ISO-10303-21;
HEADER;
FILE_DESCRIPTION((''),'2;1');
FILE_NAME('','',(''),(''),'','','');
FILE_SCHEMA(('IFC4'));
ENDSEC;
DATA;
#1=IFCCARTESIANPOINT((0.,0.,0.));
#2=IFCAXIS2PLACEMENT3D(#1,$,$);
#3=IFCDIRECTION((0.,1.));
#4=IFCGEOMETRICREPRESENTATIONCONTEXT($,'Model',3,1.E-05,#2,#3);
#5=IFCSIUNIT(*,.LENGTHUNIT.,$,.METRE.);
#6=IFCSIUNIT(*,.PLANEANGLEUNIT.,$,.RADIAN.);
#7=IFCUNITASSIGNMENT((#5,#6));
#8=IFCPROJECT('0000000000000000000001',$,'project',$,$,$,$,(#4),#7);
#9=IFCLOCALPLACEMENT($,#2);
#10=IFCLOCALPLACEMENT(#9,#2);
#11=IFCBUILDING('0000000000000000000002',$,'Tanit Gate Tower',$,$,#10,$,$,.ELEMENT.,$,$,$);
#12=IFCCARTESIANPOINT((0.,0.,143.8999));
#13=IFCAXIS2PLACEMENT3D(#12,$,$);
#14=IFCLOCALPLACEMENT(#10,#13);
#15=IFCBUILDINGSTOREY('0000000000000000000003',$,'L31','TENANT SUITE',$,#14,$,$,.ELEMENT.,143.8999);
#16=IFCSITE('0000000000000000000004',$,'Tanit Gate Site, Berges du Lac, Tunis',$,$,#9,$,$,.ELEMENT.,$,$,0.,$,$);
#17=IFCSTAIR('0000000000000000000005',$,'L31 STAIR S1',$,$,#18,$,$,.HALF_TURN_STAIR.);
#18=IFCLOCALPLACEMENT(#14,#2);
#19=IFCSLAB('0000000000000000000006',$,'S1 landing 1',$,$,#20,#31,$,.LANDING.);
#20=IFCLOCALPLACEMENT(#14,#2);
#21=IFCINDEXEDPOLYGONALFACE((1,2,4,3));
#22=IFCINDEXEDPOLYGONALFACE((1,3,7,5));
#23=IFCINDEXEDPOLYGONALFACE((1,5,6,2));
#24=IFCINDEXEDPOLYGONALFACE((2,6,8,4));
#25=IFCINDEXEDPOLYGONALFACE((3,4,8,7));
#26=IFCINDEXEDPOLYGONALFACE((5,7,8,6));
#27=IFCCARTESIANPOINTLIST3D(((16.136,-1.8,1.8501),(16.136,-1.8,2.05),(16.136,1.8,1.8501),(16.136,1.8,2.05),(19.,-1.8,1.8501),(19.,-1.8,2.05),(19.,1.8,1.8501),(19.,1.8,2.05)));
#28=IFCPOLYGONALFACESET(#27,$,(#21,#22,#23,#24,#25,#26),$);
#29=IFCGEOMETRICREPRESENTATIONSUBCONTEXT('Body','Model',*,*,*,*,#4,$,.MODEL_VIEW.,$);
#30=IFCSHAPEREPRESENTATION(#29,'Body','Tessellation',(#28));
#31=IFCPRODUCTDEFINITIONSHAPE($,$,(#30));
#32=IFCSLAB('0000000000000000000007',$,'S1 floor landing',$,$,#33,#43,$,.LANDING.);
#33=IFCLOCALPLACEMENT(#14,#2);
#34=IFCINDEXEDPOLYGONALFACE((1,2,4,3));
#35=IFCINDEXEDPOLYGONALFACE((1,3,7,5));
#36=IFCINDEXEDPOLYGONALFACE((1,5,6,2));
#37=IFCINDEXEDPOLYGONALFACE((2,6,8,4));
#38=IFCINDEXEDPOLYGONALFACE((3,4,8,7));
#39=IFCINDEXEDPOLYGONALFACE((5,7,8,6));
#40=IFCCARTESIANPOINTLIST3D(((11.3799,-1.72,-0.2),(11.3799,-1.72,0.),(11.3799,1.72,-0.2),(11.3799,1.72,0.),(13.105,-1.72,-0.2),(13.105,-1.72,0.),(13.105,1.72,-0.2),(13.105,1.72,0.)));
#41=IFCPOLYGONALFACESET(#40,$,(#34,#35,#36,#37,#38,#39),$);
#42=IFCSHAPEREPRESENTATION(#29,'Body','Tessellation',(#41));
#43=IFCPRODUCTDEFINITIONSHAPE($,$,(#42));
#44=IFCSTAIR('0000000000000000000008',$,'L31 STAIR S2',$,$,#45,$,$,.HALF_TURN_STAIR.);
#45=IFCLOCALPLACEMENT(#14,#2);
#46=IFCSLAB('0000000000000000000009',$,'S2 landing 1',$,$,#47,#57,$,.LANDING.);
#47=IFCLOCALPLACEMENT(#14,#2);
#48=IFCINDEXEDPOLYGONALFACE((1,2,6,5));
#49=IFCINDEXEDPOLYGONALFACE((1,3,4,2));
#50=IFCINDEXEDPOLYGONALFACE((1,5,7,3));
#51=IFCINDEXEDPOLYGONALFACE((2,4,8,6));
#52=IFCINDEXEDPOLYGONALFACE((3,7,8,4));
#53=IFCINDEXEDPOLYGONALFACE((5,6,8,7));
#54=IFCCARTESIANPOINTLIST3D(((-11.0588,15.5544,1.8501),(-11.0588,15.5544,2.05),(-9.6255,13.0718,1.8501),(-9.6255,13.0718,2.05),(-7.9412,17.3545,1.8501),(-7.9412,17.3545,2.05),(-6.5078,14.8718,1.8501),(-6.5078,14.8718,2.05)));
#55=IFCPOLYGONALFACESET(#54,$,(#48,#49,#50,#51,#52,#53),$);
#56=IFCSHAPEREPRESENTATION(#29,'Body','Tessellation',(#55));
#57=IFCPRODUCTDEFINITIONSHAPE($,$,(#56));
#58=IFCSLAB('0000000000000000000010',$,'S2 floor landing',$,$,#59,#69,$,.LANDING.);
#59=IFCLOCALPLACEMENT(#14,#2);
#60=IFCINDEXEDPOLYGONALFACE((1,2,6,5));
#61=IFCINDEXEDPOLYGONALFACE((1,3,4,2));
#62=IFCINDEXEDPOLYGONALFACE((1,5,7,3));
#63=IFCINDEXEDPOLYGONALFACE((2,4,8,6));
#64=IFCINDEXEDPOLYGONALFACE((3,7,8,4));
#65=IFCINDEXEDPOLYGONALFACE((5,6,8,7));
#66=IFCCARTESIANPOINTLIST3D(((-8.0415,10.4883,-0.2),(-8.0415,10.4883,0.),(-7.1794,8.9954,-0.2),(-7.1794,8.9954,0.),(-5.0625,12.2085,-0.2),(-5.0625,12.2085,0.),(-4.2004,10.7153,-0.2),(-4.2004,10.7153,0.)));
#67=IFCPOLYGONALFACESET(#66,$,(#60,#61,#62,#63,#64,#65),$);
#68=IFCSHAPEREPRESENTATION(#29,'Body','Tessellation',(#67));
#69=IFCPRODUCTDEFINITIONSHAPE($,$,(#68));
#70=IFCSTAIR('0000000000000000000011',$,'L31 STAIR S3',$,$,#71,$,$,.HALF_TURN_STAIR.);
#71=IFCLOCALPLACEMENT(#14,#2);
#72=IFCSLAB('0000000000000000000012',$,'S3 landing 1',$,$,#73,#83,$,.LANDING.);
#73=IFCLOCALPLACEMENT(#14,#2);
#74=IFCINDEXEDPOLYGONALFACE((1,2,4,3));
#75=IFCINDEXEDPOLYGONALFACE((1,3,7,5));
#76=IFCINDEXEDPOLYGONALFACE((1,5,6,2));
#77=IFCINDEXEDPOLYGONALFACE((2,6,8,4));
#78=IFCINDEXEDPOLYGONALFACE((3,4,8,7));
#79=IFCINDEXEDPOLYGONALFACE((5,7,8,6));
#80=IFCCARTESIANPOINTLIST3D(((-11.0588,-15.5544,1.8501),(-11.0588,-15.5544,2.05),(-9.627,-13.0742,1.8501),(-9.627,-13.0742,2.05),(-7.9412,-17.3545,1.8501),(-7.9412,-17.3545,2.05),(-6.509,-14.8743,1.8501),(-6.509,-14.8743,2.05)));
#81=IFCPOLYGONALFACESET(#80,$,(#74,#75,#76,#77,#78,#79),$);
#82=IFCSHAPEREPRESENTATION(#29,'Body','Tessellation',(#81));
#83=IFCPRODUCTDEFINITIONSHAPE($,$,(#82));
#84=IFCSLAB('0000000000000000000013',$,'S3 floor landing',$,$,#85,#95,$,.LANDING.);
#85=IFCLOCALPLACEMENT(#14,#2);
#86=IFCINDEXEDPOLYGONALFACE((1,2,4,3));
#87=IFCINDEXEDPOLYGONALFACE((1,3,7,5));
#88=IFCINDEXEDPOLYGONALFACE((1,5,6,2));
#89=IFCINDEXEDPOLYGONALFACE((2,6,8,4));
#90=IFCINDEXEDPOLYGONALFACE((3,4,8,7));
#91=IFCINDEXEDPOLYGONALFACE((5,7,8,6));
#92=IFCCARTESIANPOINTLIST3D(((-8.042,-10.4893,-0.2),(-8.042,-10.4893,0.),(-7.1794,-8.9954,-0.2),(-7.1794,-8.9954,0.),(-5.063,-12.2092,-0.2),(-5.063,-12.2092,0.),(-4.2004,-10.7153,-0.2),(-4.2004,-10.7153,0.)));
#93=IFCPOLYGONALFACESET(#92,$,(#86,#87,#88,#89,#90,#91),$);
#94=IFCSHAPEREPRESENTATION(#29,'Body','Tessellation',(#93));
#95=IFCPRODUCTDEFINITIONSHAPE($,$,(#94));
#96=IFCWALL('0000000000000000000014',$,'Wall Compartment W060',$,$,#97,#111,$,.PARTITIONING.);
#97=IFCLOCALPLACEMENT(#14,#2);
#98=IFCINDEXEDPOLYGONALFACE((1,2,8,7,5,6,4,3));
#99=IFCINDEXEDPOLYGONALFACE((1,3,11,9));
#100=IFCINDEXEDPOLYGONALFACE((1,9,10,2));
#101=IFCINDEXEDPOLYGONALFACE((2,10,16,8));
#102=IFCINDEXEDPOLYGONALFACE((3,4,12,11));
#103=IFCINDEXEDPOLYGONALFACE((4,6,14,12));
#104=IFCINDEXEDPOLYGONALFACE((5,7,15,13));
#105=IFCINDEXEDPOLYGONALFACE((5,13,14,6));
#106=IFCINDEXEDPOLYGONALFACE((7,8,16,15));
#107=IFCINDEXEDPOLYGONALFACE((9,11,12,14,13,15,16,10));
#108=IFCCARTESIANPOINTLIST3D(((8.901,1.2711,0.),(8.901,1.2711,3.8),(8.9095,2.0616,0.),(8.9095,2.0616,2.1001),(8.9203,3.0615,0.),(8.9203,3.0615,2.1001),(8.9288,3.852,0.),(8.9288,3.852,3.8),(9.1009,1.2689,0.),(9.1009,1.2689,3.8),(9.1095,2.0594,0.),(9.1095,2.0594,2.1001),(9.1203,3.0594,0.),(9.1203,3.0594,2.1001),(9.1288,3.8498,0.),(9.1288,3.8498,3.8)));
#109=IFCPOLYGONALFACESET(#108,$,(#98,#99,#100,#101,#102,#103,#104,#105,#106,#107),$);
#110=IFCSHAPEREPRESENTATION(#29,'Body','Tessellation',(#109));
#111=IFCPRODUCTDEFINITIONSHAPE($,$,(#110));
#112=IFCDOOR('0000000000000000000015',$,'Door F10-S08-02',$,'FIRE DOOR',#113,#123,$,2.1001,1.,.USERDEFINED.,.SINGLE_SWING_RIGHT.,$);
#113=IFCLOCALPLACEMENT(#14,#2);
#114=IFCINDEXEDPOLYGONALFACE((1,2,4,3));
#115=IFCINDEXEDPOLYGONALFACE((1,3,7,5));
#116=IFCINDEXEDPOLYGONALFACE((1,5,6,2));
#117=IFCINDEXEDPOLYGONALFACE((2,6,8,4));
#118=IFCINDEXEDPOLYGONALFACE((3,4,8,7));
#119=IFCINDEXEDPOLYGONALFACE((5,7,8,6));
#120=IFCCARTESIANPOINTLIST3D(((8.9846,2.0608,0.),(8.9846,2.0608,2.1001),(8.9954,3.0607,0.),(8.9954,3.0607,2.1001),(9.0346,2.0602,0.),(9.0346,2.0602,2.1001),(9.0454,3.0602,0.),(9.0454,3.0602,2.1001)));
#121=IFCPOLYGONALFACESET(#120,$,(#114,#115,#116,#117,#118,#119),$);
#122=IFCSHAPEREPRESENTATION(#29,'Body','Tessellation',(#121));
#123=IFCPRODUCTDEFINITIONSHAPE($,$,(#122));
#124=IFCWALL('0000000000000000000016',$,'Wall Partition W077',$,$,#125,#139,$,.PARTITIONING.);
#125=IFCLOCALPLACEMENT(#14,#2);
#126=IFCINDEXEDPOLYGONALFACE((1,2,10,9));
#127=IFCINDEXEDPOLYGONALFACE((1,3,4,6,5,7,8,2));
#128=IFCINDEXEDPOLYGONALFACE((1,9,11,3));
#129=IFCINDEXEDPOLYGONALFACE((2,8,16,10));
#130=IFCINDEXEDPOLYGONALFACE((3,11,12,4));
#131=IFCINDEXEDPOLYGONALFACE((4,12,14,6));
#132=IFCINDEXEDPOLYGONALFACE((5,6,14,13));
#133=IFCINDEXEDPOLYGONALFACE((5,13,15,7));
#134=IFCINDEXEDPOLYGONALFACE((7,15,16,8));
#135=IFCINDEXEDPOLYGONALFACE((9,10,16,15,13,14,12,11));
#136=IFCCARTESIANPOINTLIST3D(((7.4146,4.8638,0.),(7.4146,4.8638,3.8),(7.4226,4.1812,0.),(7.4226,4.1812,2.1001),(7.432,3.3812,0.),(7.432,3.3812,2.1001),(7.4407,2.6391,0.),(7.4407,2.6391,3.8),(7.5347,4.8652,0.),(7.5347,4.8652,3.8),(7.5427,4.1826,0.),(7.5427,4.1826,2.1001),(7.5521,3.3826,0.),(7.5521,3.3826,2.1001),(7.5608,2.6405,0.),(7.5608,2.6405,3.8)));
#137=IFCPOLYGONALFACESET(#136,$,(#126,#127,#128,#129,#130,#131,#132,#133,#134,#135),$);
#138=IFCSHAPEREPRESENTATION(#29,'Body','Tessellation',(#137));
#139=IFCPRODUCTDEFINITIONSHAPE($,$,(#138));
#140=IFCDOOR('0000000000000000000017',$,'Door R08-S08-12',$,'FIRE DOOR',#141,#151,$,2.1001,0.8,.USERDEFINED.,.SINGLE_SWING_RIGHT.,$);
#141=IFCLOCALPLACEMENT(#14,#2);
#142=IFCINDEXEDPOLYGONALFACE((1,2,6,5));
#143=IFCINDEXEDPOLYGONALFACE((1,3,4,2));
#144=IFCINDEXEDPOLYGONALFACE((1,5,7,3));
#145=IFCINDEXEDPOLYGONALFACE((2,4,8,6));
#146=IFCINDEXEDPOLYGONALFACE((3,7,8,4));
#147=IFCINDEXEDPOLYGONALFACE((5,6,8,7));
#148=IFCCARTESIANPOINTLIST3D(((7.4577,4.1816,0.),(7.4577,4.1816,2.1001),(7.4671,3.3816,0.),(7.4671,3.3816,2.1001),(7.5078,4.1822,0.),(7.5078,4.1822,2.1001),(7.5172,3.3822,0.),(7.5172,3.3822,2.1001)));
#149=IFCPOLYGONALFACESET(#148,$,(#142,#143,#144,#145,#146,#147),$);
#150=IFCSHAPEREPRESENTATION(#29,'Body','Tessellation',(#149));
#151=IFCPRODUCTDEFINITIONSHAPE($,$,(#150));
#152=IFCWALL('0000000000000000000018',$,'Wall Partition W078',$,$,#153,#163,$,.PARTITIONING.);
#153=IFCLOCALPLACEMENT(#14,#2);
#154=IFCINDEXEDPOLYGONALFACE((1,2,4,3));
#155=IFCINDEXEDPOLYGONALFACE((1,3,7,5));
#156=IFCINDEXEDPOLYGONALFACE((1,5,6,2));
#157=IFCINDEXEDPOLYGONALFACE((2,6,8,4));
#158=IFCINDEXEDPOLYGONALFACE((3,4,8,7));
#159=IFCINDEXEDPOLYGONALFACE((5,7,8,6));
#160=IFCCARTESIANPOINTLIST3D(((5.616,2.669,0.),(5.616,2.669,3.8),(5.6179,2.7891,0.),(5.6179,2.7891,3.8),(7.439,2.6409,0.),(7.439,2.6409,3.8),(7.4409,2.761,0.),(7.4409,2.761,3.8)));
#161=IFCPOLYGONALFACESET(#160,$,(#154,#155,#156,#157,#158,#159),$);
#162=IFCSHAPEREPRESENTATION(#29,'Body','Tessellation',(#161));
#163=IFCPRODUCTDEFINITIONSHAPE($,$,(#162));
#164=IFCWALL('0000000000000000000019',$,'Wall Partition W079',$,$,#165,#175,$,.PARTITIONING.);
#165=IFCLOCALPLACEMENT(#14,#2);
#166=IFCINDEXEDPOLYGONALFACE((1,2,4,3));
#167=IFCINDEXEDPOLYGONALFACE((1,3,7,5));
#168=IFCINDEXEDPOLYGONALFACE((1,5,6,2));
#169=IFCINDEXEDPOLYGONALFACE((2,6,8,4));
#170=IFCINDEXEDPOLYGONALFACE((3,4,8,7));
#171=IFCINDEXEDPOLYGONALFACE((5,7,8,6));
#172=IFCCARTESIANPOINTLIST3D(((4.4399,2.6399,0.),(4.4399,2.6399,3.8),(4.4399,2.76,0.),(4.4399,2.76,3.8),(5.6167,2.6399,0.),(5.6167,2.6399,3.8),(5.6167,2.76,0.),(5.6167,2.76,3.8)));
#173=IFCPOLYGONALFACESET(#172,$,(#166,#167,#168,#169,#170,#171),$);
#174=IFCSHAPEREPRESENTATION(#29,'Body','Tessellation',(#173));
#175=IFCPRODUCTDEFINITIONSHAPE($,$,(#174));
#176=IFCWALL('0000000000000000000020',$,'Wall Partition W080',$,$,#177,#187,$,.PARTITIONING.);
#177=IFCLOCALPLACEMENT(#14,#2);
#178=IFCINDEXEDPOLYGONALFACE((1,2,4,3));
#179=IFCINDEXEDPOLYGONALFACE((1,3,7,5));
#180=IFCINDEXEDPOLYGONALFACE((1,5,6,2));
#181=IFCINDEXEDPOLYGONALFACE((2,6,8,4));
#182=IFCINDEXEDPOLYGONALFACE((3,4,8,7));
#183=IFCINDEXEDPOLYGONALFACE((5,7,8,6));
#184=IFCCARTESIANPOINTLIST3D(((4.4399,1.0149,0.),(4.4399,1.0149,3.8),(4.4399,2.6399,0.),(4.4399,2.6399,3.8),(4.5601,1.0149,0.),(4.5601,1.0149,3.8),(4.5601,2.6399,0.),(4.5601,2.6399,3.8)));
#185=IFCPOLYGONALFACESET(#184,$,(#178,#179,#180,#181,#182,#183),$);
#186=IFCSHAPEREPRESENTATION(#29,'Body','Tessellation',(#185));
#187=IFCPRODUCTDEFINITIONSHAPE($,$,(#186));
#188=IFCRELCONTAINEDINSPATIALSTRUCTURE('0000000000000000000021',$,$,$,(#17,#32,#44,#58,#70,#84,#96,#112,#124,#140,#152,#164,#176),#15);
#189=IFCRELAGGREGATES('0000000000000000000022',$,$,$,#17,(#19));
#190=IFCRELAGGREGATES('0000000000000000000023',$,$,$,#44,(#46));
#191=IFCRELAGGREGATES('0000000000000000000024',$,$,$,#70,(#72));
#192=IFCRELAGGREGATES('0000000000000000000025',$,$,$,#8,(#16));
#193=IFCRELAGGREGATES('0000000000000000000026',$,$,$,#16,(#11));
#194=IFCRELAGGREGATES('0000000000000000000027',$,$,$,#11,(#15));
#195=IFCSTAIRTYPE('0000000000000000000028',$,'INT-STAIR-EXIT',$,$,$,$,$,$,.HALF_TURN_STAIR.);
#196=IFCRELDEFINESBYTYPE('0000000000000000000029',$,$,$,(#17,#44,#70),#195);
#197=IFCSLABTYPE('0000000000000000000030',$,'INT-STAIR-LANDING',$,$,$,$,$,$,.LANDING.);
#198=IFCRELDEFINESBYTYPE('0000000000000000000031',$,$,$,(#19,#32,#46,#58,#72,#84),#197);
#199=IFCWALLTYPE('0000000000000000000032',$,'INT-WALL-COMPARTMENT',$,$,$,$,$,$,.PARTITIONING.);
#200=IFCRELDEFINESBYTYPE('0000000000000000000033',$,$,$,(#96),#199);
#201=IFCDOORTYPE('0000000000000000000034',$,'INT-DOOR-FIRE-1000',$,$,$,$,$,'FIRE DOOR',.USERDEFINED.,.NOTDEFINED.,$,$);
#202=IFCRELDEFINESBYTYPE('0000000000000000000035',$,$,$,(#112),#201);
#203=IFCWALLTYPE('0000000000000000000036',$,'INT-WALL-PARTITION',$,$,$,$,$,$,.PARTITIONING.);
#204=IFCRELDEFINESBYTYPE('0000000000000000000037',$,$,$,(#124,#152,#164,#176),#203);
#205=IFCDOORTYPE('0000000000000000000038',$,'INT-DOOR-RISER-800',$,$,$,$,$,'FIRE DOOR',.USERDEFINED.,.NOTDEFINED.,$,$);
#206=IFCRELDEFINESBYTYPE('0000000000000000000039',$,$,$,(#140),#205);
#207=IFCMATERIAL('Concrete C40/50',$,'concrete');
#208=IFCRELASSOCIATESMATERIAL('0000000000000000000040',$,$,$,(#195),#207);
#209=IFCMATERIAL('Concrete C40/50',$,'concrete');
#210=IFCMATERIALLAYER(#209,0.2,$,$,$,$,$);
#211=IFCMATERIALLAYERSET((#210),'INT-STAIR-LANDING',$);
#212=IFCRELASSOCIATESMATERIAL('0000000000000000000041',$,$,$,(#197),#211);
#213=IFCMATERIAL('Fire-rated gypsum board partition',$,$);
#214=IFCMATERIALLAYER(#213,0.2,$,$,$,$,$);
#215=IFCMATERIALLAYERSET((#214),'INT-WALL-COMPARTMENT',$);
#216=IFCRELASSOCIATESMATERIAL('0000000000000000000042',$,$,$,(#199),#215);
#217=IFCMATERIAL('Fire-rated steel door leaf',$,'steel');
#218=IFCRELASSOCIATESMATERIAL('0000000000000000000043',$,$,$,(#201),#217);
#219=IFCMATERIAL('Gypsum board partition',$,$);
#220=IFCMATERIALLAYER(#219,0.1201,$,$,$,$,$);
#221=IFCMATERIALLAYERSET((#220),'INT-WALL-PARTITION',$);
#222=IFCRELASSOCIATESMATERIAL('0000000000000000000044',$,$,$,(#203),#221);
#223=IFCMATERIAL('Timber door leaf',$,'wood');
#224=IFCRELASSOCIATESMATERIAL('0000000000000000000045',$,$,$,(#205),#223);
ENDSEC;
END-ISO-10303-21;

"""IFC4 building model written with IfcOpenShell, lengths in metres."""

from ifc_helpers import new_model, si_unit, direction, frame, frame_2d, origin, place, context, subcontext, project, spatial, polyline, rectangle, outline, extrude, material, layer, layer_set, type_object, element, fill, aggregate, save


model = new_model("IFC4")

# Units and contexts
model_context = context("Model", 3, precision=1e-05, world=origin(), true_north=direction((0.0, 1.0)))
body_context = subcontext(model_context, "Body", "Model", "MODEL_VIEW")
ifc_project = project(units=[si_unit("LENGTHUNIT", "METRE"), si_unit("PLANEANGLEUNIT", "RADIAN")], contexts=[model_context])

# Site, building, storey
site_placement = place(None, origin())
site = spatial("IfcSite", under=ifc_project, at=site_placement, Name="Tanit Gate Site, Berges du Lac, Tunis", CompositionType="ELEMENT", RefElevation=0.0)
building_placement = place(site_placement, origin())
building = spatial("IfcBuilding", under=site, at=building_placement, Name="Tanit Gate Tower", CompositionType="ELEMENT")
storey_placement = place(building_placement, frame((0.0, 0.0, 143.8999)))
storey = spatial("IfcBuildingStorey", under=building, at=storey_placement, Name="L31", Description="TENANT SUITE", CompositionType="ELEMENT", Elevation=143.8999)

# Stair, slab
ifc_material_1 = material(Name="Concrete C40/50", Category="concrete")
stair_type = type_object("IfcStairType", Name="INT-STAIR-EXIT", PredefinedType="HALF_TURN_STAIR", material=ifc_material_1)
stair_1_placement = place(storey_placement, origin())
stair_1 = element("IfcStair", 1, at=stair_1_placement, inside=storey, type_object=stair_type, Name="L31 STAIR S1", PredefinedType="HALF_TURN_STAIR")
ifc_material_2 = material(Name="Concrete C40/50", Category="concrete")
ifc_layer_1 = layer(ifc_material_2, 0.2)
ifc_layer_set_1 = layer_set([ifc_layer_1], Name="INT-STAIR-LANDING")
slab_type = type_object("IfcSlabType", Name="INT-STAIR-LANDING", PredefinedType="LANDING", material=ifc_layer_set_1)
slab_1_placement = place(storey_placement, frame((0.0, 0.0, 1.8501)))
slab_1 = element("IfcSlab", 2, at=slab_1_placement, type_object=slab_type, Name="S1 landing 1", PredefinedType="LANDING", context=body_context, shape_type="SweptSolid", body=[
    extrude(outline(polyline([(16.136, -1.8), (19.0, -1.8), (19.0, 1.8), (16.136, 1.8), (16.136, -1.8)])), origin(), (0.0, 0.0, 1.0), 0.2),
])
aggregate(stair_1, [slab_1])

# Slab
slab_2_placement = place(storey_placement, frame((0.0, 0.0, -0.2)))
element("IfcSlab", 3, at=slab_2_placement, inside=storey, type_object=slab_type, Name="S1 floor landing", PredefinedType="LANDING", context=body_context, shape_type="SweptSolid", body=[
    extrude(outline(polyline([(11.3799, -1.72), (13.105, -1.72), (13.105, 1.72), (11.3799, 1.72), (11.3799, -1.72)])), origin(), (0.0, 0.0, 1.0), 0.2),
])

# Stair, slab
stair_2_placement = place(storey_placement, origin())
stair_2 = element("IfcStair", 4, at=stair_2_placement, inside=storey, type_object=stair_type, Name="L31 STAIR S2", PredefinedType="HALF_TURN_STAIR")
slab_3_placement = place(storey_placement, frame((0.0, 0.0, 1.8501)))
slab_3 = element("IfcSlab", 5, at=slab_3_placement, type_object=slab_type, Name="S2 landing 1", PredefinedType="LANDING", context=body_context, shape_type="SweptSolid", body=[
    extrude(outline(polyline([(-6.5078, 14.8718), (-7.9412, 17.3545), (-11.0588, 15.5544), (-9.6255, 13.0718), (-6.5078, 14.8718)])), origin(), (0.0, 0.0, 1.0), 0.2),
])
aggregate(stair_2, [slab_3])

# Slab
slab_4_placement = place(storey_placement, frame((0.0, 0.0, -0.2)))
element("IfcSlab", 6, at=slab_4_placement, inside=storey, type_object=slab_type, Name="S2 floor landing", PredefinedType="LANDING", context=body_context, shape_type="SweptSolid", body=[
    extrude(outline(polyline([(-4.2004, 10.7153), (-5.0625, 12.2085), (-8.0415, 10.4883), (-7.1794, 8.9954), (-4.2004, 10.7153)])), origin(), (0.0, 0.0, 1.0), 0.2),
])

# Stair, slab
stair_3_placement = place(storey_placement, origin())
stair_3 = element("IfcStair", 7, at=stair_3_placement, inside=storey, type_object=stair_type, Name="L31 STAIR S3", PredefinedType="HALF_TURN_STAIR")
slab_5_placement = place(storey_placement, frame((0.0, 0.0, 1.8501)))
slab_5 = element("IfcSlab", 8, at=slab_5_placement, type_object=slab_type, Name="S3 landing 1", PredefinedType="LANDING", context=body_context, shape_type="SweptSolid", body=[
    extrude(outline(polyline([(-9.627, -13.0742), (-11.0588, -15.5544), (-7.9412, -17.3545), (-6.509, -14.8743), (-9.627, -13.0742)])), origin(), (0.0, 0.0, 1.0), 0.2),
])
aggregate(stair_3, [slab_5])

# Slab
slab_6_placement = place(storey_placement, frame((0.0, 0.0, -0.2)))
element("IfcSlab", 9, at=slab_6_placement, inside=storey, type_object=slab_type, Name="S3 floor landing", PredefinedType="LANDING", context=body_context, shape_type="SweptSolid", body=[
    extrude(outline(polyline([(-7.1794, -8.9954), (-8.042, -10.4893), (-5.063, -12.2092), (-4.2004, -10.7153), (-7.1794, -8.9954)])), origin(), (0.0, 0.0, 1.0), 0.2),
])

# Walls, openings, doors
ifc_material_3 = material(Name="Fire-rated gypsum board partition")
ifc_layer_2 = layer(ifc_material_3, 0.2)
ifc_layer_set_2 = layer_set([ifc_layer_2], Name="INT-WALL-COMPARTMENT")
wall_type_1 = type_object("IfcWallType", Name="INT-WALL-COMPARTMENT", PredefinedType="PARTITIONING", material=ifc_layer_set_2)
wall_1_placement = place(storey_placement, frame((9.001, 1.27, 0.0), z_axis=(0.0, 0.0, 1.0), x_axis=(0.010784, 0.999942, 0.0)))
wall_1 = element("IfcWall", 10, at=wall_1_placement, inside=storey, type_object=wall_type_1, Name="Wall Compartment W060", PredefinedType="PARTITIONING", context=body_context, shape_type="SweptSolid", body=[
    extrude(rectangle(XDim=2.5811, YDim=0.2, at=frame_2d((1.2905, 0.0))), origin(), (0.0, 0.0, 1.0), 3.8),
])
opening_1_placement = place(wall_1_placement, frame((0.7905, 0.0, 0.0)))
opening_1 = element("IfcOpeningElement", 11, at=opening_1_placement, cuts=wall_1, PredefinedType="OPENING", context=body_context, shape_type="SweptSolid", body=[
    extrude(rectangle(XDim=1.0, YDim=2.1001, at=frame_2d((0.5, 1.05))), frame((0.0, 0.1099, 0.0), z_axis=(0.0, -1.0, 0.0), x_axis=(1.0, 0.0, 0.0)), (0.0, 0.0, 1.0), 0.22),
])
ifc_material_4 = material(Name="Fire-rated steel door leaf", Category="steel")
door_type_1 = type_object("IfcDoorType", Name="INT-DOOR-FIRE-1000", ElementType="FIRE DOOR", OperationType="NOTDEFINED", PredefinedType="USERDEFINED", material=ifc_material_4)
door_1_placement = place(opening_1_placement, origin())
door_1 = element("IfcDoor", 12, at=door_1_placement, inside=storey, type_object=door_type_1, Name="Door F10-S08-02", ObjectType="FIRE DOOR", OperationType="SINGLE_SWING_RIGHT", OverallHeight=2.1001, OverallWidth=1.0, PredefinedType="USERDEFINED", context=body_context, shape_type="SweptSolid", body=[
    extrude(rectangle(XDim=1.0, YDim=2.1001, at=frame_2d((0.5, 1.05))), frame((0.0, 0.0249, 0.0), z_axis=(0.0, -1.0, 0.0), x_axis=(1.0, 0.0, 0.0)), (0.0, 0.0, 1.0), 0.05),
])
fill(opening_1, door_1)
ifc_material_5 = material(Name="Gypsum board partition")
ifc_layer_3 = layer(ifc_material_5, 0.1201)
ifc_layer_set_3 = layer_set([ifc_layer_3], Name="INT-WALL-PARTITION")
wall_type_2 = type_object("IfcWallType", Name="INT-WALL-PARTITION", PredefinedType="PARTITIONING", material=ifc_layer_set_3)
wall_2_placement = place(storey_placement, frame((7.5007, 2.6399, 0.0), z_axis=(0.0, 0.0, 1.0), x_axis=(-0.011742, 0.999931, 0.0)))
wall_2 = element("IfcWall", 13, at=wall_2_placement, inside=storey, type_object=wall_type_2, Name="Wall Partition W077", PredefinedType="PARTITIONING", context=body_context, shape_type="SweptSolid", body=[
    extrude(rectangle(XDim=2.2249, YDim=0.1201, at=frame_2d((1.1123, 0.0))), origin(), (0.0, 0.0, 1.0), 3.8),
])
opening_2_placement = place(wall_2_placement, frame((0.7422, 0.0, 0.0)))
opening_2 = element("IfcOpeningElement", 14, at=opening_2_placement, cuts=wall_2, PredefinedType="OPENING", context=body_context, shape_type="SweptSolid", body=[
    extrude(rectangle(XDim=0.8, YDim=2.1001, at=frame_2d((0.3999, 1.05))), frame((0.0, 0.0701, 0.0), z_axis=(0.0, -1.0, 0.0), x_axis=(1.0, 0.0, 0.0)), (0.0, 0.0, 1.0), 0.1401),
])
ifc_material_6 = material(Name="Timber door leaf", Category="wood")
door_type_2 = type_object("IfcDoorType", Name="INT-DOOR-RISER-800", ElementType="FIRE DOOR", OperationType="NOTDEFINED", PredefinedType="USERDEFINED", material=ifc_material_6)
door_2_placement = place(opening_2_placement, origin())
door_2 = element("IfcDoor", 15, at=door_2_placement, inside=storey, type_object=door_type_2, Name="Door R08-S08-12", ObjectType="FIRE DOOR", OperationType="SINGLE_SWING_RIGHT", OverallHeight=2.1001, OverallWidth=0.8, PredefinedType="USERDEFINED", context=body_context, shape_type="SweptSolid", body=[
    extrude(rectangle(XDim=0.8, YDim=2.1001, at=frame_2d((0.3999, 1.05))), frame((0.0, 0.0249, 0.0), z_axis=(0.0, -1.0, 0.0), x_axis=(1.0, 0.0, 0.0)), (0.0, 0.0, 1.0), 0.05),
])
fill(opening_2, door_2)

# Walls
wall_3_placement = place(storey_placement, frame((5.6169, 2.729, 0.0), z_axis=(0.0, 0.0, 1.0), x_axis=(0.999881, -0.015399, 0.0)))
element("IfcWall", 16, at=wall_3_placement, inside=storey, type_object=wall_type_2, Name="Wall Partition W078", PredefinedType="PARTITIONING", context=body_context, shape_type="SweptSolid", body=[
    extrude(rectangle(XDim=1.8232, YDim=0.1201, at=frame_2d((0.9116, 0.0))), origin(), (0.0, 0.0, 1.0), 3.8),
])
wall_4_placement = place(storey_placement, frame((4.4399, 2.7, 0.0), z_axis=(0.0, 0.0, 1.0), x_axis=(1.0, 0.0, 0.0)))
element("IfcWall", 17, at=wall_4_placement, inside=storey, type_object=wall_type_2, Name="Wall Partition W079", PredefinedType="PARTITIONING", context=body_context, shape_type="SweptSolid", body=[
    extrude(rectangle(XDim=1.1768, YDim=0.1201, at=frame_2d((0.5884, 0.0))), origin(), (0.0, 0.0, 1.0), 3.8),
])
wall_5_placement = place(storey_placement, frame((4.5, 1.0149, 0.0), z_axis=(0.0, 0.0, 1.0), x_axis=(0.0, 1.0, 0.0)))
element("IfcWall", 18, at=wall_5_placement, inside=storey, type_object=wall_type_2, Name="Wall Partition W080", PredefinedType="PARTITIONING", context=body_context, shape_type="SweptSolid", body=[
    extrude(rectangle(XDim=1.625, YDim=0.1201, at=frame_2d((0.8125, 0.0))), origin(), (0.0, 0.0, 1.0), 3.8),
])

save(model, "model.ifc")
